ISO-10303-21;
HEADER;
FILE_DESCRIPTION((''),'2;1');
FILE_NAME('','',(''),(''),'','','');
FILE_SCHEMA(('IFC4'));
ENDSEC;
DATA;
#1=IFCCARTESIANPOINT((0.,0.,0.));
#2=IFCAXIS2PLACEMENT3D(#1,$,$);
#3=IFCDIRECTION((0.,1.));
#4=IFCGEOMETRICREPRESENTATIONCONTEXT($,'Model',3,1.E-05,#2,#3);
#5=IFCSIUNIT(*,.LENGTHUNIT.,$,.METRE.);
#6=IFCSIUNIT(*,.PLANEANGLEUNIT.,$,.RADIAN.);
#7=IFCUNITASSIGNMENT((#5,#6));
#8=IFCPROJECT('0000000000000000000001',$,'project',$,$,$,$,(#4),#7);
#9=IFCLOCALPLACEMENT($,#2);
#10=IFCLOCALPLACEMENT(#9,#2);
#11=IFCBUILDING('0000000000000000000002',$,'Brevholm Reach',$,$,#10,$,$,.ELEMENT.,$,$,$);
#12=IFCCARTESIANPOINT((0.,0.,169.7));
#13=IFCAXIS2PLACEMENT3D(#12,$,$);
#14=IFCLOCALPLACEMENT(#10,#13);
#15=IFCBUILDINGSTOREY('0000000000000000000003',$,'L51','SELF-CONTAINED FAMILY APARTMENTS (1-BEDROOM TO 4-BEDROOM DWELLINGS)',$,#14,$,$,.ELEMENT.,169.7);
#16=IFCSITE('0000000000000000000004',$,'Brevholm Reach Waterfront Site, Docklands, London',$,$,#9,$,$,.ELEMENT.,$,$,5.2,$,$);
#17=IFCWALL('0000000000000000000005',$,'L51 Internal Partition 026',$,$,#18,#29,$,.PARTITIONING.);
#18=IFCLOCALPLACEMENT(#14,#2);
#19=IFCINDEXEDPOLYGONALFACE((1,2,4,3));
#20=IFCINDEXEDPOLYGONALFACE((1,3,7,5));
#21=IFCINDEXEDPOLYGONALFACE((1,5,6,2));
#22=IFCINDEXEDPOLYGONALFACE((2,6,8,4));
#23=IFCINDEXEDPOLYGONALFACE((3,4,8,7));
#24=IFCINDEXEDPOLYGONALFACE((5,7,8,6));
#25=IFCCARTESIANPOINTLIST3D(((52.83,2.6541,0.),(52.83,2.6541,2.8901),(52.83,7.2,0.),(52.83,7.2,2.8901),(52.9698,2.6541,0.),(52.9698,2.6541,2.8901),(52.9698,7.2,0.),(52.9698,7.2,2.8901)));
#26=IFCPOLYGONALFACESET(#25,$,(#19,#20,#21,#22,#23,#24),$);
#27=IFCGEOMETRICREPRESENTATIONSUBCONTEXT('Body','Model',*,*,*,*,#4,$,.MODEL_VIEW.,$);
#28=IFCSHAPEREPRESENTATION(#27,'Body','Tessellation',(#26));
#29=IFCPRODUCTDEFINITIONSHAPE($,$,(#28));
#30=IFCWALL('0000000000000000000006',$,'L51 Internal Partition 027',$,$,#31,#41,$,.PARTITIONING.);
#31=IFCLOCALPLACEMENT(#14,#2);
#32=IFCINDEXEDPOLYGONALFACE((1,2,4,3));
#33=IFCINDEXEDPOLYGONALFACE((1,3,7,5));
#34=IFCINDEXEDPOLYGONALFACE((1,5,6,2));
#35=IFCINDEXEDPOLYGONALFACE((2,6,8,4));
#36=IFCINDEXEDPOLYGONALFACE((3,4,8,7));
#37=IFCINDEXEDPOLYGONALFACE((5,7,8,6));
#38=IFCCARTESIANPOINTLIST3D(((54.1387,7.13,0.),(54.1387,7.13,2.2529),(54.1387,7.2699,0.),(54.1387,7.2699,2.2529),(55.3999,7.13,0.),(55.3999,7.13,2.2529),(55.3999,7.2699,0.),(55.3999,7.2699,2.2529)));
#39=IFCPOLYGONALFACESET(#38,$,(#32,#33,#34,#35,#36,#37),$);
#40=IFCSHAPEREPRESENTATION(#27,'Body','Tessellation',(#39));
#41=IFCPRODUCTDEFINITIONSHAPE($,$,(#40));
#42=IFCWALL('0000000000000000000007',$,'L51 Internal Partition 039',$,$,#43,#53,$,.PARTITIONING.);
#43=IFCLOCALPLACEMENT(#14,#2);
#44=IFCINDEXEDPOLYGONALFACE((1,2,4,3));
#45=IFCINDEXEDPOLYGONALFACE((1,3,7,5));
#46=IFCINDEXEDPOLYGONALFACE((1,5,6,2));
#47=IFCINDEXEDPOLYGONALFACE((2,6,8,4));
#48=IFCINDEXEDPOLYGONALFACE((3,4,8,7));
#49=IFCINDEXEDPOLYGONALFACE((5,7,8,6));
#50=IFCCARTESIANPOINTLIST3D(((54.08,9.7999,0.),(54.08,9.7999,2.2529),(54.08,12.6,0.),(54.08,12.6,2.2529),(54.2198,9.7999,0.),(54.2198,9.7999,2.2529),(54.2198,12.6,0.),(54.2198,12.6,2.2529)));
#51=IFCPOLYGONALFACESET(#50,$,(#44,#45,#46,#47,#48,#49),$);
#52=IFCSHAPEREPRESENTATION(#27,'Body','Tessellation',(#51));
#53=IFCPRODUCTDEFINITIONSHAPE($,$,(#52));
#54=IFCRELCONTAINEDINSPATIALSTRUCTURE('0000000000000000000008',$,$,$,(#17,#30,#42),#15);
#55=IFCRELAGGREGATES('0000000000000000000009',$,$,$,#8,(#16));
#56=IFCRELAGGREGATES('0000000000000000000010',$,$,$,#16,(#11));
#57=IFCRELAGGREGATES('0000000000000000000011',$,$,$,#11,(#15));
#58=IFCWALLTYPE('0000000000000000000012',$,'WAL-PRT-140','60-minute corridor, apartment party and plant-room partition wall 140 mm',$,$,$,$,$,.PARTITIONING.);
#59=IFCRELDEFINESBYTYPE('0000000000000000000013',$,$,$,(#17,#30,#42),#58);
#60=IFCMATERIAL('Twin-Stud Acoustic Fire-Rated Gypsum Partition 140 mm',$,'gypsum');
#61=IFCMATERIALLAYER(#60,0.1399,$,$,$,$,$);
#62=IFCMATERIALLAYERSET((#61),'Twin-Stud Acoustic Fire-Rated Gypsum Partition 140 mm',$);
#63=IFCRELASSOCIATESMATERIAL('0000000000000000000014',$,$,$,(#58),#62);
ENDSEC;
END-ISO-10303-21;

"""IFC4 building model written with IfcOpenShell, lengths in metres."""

from ifc_helpers import new_model, si_unit, direction, frame, frame_2d, origin, place, context, subcontext, project, spatial, rectangle, extrude, material, layer, layer_set, type_object, element, save


model = new_model("IFC4")

# Units and contexts
model_context = context("Model", 3, precision=1e-05, world=origin(), true_north=direction((0.0, 1.0)))
body_context = subcontext(model_context, "Body", "Model", "MODEL_VIEW")
ifc_project = project(units=[si_unit("LENGTHUNIT", "METRE"), si_unit("PLANEANGLEUNIT", "RADIAN")], contexts=[model_context])

# Site, building, storey
site_placement = place(None, origin())
site = spatial("IfcSite", under=ifc_project, at=site_placement, Name="Brevholm Reach Waterfront Site, Docklands, London", CompositionType="ELEMENT", RefElevation=5.2)
building_placement = place(site_placement, origin())
building = spatial("IfcBuilding", under=site, at=building_placement, Name="Brevholm Reach", CompositionType="ELEMENT")
storey_placement = place(building_placement, frame((0.0, 0.0, 169.7)))
storey = spatial("IfcBuildingStorey", under=building, at=storey_placement, Name="L51", Description="SELF-CONTAINED FAMILY APARTMENTS (1-BEDROOM TO 4-BEDROOM DWELLINGS)", CompositionType="ELEMENT", Elevation=169.7)

# Shared definitions
ifc_material_1 = material(Name="Twin-Stud Acoustic Fire-Rated Gypsum Partition 140 mm", Category="gypsum")
ifc_layer_1 = layer(ifc_material_1, 0.1399)
ifc_layer_set_1 = layer_set([ifc_layer_1], Name="Twin-Stud Acoustic Fire-Rated Gypsum Partition 140 mm")
wall_type_1 = type_object("IfcWallType", Name="WAL-PRT-140", Description="60-minute corridor, apartment party and plant-room partition wall 140 mm", PredefinedType="PARTITIONING", material=ifc_layer_set_1)

# Walls
wall_1_placement = place(storey_placement, frame((52.8999, 2.6541, 0.0), z_axis=(0.0, 0.0, 1.0), x_axis=(0.0, 1.0, 0.0)))
element("IfcWall", 1, at=wall_1_placement, inside=storey, type_object=wall_type_1, Name="L51 Internal Partition 026", PredefinedType="PARTITIONING", context=body_context, shape_type="SweptSolid", body=[
    extrude(rectangle(XDim=4.5459, YDim=0.1399, at=frame_2d((2.2729, 0.0))), origin(), (0.0, 0.0, 1.0), 2.8901),
])
wall_2_placement = place(storey_placement, frame((54.1387, 7.2, 0.0), z_axis=(0.0, 0.0, 1.0), x_axis=(1.0, 0.0, 0.0)))
element("IfcWall", 2, at=wall_2_placement, inside=storey, type_object=wall_type_1, Name="L51 Internal Partition 027", PredefinedType="PARTITIONING", context=body_context, shape_type="SweptSolid", body=[
    extrude(rectangle(XDim=1.2612, YDim=0.1399, at=frame_2d((0.6306, 0.0))), origin(), (0.0, 0.0, 1.0), 2.2529),
])
wall_3_placement = place(storey_placement, frame((54.1499, 9.8, 0.0), z_axis=(0.0, 0.0, 1.0), x_axis=(0.0, 1.0, 0.0)))
element("IfcWall", 3, at=wall_3_placement, inside=storey, type_object=wall_type_1, Name="L51 Internal Partition 039", PredefinedType="PARTITIONING", context=body_context, shape_type="SweptSolid", body=[
    extrude(rectangle(XDim=2.8, YDim=0.1399, at=frame_2d((1.3999, 0.0))), origin(), (0.0, 0.0, 1.0), 2.2529),
])

save(model, "model.ifc")
